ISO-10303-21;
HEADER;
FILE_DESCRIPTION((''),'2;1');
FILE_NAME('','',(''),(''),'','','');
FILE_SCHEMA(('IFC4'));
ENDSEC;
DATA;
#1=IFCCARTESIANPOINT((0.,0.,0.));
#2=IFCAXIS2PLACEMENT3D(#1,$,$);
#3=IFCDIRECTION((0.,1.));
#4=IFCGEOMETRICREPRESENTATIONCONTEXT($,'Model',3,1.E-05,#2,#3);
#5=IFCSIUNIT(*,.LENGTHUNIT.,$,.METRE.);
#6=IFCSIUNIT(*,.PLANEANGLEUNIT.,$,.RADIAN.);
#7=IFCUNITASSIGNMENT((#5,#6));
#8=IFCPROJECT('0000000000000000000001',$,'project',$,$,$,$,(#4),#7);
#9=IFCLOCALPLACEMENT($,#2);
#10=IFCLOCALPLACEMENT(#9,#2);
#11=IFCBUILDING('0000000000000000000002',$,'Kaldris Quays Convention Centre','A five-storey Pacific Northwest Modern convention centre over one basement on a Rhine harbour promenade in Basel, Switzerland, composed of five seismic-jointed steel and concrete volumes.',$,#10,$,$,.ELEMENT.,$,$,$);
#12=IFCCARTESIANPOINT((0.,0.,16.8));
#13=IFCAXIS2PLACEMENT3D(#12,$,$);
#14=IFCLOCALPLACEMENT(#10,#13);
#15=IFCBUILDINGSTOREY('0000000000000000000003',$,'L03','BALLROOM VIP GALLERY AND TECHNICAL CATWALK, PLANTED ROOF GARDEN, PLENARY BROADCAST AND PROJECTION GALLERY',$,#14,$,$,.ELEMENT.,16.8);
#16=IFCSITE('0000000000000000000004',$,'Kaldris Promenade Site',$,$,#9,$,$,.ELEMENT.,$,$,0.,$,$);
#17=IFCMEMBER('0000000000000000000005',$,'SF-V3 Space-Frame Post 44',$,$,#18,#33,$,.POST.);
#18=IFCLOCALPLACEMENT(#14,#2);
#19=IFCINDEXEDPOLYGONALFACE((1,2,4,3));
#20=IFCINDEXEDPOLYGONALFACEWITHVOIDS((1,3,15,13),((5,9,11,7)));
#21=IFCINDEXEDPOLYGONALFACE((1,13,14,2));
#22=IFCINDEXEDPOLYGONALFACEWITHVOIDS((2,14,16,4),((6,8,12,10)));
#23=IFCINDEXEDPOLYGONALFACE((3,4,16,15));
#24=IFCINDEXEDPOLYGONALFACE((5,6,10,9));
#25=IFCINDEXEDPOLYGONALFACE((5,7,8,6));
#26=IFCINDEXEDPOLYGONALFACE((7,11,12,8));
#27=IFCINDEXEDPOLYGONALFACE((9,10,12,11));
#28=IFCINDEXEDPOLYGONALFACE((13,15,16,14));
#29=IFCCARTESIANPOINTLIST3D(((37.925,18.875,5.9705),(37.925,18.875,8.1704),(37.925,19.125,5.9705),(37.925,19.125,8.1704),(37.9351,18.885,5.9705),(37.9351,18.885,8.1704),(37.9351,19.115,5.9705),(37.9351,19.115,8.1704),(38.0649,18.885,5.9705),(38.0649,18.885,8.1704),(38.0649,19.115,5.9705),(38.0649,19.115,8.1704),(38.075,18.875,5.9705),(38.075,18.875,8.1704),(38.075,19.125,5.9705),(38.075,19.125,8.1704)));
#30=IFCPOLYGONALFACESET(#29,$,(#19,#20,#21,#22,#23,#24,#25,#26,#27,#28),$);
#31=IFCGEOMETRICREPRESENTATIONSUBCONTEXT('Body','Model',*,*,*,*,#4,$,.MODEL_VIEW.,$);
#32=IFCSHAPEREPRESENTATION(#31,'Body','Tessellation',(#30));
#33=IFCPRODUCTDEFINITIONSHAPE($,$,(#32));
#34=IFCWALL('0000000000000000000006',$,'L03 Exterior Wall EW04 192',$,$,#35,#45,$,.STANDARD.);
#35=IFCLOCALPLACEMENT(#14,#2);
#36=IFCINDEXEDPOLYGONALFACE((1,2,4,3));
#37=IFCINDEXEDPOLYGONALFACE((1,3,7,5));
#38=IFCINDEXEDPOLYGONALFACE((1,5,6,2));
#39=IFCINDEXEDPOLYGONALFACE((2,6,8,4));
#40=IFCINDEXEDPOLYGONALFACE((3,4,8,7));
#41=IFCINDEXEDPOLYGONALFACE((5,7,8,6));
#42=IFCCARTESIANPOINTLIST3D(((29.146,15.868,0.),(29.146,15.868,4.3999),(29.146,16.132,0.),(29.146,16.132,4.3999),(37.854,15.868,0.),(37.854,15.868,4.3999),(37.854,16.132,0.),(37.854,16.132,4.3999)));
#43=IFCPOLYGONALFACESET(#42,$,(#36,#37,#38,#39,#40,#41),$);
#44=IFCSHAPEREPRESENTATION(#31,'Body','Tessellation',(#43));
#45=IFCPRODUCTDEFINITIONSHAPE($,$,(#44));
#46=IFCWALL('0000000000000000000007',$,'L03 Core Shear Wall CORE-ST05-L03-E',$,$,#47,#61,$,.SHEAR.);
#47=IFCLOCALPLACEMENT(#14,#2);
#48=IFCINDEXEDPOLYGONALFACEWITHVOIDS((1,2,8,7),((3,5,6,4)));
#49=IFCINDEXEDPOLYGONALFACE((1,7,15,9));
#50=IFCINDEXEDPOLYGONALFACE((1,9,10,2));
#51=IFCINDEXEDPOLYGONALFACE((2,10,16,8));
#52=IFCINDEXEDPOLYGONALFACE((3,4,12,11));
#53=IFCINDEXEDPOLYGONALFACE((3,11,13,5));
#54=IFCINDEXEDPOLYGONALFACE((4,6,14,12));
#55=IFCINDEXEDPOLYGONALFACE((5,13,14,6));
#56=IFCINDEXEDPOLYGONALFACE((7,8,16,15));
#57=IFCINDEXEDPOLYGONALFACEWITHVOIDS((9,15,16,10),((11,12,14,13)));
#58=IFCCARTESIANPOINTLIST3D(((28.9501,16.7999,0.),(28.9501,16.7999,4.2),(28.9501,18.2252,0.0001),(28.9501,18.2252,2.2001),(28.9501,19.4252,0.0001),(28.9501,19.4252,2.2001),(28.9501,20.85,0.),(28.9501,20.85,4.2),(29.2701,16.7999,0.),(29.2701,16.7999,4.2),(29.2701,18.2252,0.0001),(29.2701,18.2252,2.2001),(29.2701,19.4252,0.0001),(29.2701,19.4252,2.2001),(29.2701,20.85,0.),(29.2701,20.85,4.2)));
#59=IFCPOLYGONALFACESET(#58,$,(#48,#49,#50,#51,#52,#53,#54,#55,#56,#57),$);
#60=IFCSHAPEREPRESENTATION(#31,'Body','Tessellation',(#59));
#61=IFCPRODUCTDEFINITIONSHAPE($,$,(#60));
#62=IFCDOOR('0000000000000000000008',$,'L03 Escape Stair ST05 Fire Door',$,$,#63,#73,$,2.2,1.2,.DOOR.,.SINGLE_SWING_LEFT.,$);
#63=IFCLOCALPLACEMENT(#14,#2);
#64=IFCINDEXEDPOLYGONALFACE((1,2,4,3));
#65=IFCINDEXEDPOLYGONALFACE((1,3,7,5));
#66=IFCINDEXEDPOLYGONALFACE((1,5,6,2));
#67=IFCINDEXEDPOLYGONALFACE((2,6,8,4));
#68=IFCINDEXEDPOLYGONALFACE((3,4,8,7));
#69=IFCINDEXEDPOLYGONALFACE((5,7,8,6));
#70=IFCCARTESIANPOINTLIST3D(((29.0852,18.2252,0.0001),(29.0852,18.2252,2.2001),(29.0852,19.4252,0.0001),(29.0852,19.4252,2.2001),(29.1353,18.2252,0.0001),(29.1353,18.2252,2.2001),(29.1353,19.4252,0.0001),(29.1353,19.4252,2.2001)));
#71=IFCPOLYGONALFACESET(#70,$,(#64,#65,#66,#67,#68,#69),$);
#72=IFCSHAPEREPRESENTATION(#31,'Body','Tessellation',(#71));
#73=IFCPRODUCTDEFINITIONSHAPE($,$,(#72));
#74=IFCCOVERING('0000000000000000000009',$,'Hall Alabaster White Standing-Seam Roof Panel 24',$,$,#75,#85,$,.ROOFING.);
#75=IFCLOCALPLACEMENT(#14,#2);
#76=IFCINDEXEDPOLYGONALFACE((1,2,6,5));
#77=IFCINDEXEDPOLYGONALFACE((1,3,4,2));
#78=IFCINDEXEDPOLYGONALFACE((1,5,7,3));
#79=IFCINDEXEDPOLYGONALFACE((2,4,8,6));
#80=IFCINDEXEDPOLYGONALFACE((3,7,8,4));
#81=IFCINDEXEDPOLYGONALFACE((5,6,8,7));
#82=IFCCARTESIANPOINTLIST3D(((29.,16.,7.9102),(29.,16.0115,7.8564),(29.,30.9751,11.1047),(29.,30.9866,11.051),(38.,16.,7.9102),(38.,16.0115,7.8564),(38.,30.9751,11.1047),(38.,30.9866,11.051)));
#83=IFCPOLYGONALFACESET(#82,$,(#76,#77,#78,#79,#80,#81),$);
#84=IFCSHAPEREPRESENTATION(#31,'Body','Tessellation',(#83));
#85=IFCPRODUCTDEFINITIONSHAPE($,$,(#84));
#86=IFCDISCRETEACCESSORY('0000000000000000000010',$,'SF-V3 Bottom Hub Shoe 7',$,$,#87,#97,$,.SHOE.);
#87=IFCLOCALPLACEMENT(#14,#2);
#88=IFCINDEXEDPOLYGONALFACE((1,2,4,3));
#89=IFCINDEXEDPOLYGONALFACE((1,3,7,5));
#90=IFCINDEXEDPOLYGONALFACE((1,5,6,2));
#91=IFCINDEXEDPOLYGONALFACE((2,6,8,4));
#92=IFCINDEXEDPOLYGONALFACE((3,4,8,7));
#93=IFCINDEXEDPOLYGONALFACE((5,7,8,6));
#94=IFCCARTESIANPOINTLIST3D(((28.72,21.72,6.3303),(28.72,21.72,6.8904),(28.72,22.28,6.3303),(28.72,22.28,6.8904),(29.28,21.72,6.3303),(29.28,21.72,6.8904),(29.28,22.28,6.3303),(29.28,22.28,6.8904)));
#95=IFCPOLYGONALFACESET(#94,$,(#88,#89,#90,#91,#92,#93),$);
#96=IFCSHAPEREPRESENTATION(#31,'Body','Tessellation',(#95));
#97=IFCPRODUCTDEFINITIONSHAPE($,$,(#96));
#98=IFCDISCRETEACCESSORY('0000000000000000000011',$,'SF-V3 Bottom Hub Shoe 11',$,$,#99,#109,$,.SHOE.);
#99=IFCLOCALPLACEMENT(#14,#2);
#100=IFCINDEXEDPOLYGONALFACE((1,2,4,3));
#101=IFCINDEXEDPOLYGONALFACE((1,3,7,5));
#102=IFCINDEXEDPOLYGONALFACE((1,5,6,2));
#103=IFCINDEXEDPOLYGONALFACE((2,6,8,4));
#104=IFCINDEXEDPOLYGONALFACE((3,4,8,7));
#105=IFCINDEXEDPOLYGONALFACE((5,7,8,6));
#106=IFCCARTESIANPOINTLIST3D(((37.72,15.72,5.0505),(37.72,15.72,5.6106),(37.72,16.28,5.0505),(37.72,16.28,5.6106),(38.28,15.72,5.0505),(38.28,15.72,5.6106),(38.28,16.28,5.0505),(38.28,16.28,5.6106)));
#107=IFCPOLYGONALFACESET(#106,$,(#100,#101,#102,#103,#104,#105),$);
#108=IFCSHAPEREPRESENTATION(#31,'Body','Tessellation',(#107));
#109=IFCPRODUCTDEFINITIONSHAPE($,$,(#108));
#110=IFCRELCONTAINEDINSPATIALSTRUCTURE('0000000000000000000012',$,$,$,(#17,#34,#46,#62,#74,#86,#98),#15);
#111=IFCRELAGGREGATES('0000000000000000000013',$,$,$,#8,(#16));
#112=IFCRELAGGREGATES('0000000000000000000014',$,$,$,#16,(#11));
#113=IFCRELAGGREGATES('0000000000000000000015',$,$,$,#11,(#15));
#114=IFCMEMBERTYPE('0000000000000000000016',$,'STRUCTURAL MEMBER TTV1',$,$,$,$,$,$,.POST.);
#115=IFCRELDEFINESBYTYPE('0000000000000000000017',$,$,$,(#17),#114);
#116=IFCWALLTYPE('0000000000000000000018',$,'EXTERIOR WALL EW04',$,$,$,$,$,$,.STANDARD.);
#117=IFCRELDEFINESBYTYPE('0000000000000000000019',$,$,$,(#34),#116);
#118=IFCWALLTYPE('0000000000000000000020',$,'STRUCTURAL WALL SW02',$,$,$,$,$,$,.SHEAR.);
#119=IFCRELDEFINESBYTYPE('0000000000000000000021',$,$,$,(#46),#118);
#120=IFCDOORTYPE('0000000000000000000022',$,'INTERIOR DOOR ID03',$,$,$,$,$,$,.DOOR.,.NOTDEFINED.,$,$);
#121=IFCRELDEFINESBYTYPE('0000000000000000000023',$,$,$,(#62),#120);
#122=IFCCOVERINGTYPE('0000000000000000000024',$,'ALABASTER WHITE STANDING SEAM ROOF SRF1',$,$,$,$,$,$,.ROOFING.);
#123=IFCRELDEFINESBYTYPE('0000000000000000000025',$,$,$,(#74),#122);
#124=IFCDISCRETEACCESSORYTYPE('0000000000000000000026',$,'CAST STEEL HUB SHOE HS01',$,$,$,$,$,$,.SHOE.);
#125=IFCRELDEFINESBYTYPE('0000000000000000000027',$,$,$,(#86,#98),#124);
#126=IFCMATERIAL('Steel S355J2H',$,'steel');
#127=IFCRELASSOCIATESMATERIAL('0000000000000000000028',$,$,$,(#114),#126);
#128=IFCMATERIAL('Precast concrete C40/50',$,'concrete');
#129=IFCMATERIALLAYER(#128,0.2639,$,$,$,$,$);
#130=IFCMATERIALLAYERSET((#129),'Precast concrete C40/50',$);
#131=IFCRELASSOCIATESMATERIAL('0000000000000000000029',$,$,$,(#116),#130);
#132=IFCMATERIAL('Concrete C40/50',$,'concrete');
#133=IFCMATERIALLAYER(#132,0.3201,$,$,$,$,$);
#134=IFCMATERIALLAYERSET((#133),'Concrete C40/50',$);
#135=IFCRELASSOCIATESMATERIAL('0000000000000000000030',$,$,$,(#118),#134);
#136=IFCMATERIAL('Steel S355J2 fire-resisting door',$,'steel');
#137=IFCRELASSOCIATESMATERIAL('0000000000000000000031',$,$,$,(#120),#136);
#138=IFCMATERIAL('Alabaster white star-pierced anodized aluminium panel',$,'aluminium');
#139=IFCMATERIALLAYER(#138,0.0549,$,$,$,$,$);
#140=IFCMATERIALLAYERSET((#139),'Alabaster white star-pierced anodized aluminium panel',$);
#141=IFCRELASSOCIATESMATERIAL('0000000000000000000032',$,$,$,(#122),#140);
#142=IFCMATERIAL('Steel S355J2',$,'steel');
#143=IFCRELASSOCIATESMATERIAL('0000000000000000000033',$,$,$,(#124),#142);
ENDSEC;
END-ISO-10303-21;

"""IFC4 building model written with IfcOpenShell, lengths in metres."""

from ifc_helpers import new_model, si_unit, direction, frame, frame_2d, origin, origin_2d, place, context, subcontext, project, spatial, polyline, rectangle, hollow_rectangle, outline, extrude, material, layer, layer_set, material_profile, profile_set, type_object, element, fill, save


model = new_model("IFC4")

# Units and contexts
model_context = context("Model", 3, precision=1e-05, world=origin(), true_north=direction((0.0, 1.0)))
body_context = subcontext(model_context, "Body", "Model", "MODEL_VIEW")
ifc_project = project(units=[si_unit("LENGTHUNIT", "METRE"), si_unit("PLANEANGLEUNIT", "RADIAN")], contexts=[model_context])

# Site, building, storey
site_placement = place(None, origin())
site = spatial("IfcSite", under=ifc_project, at=site_placement, Name="Kaldris Promenade Site", CompositionType="ELEMENT", RefElevation=0.0)
building_placement = place(site_placement, origin())
building = spatial("IfcBuilding", under=site, at=building_placement, Name="Kaldris Quays Convention Centre", Description="A five-storey Pacific Northwest Modern convention centre over one basement on a Rhine harbour promenade in Basel, Switzerland, composed of five seismic-jointed steel and concrete volumes.", CompositionType="ELEMENT")
storey_placement = place(building_placement, frame((0.0, 0.0, 16.8)))
storey = spatial("IfcBuildingStorey", under=building, at=storey_placement, Name="L03", Description="BALLROOM VIP GALLERY AND TECHNICAL CATWALK, PLANTED ROOF GARDEN, PLENARY BROADCAST AND PROJECTION GALLERY", CompositionType="ELEMENT", Elevation=16.8)

# Shared definitions
ifc_material_1 = material(Name="Steel S355J2", Category="steel")

# Member
ifc_material_2 = material(Name="Steel S355J2H", Category="steel")
ifc_material_profile_1 = material_profile(ifc_material_2, hollow_rectangle(XDim=0.1499, YDim=0.25, WallThickness=0.01, at=origin_2d()), Name="RHS 250x150x10")
ifc_profile_set_1 = profile_set([ifc_material_profile_1], Name="Steel S355J2H")
member_type_1 = type_object("IfcMemberType", Name="STRUCTURAL MEMBER TTV1", PredefinedType="POST", material=ifc_profile_set_1)
member_1_placement = place(storey_placement, frame((38.0, 19.0, 5.9705), z_axis=(0.0, 0.0, 1.0), x_axis=(1.0, 0.0, 0.0)))
element("IfcMember", 1, at=member_1_placement, inside=storey, type_object=member_type_1, Name="SF-V3 Space-Frame Post 44", PredefinedType="POST", context=body_context, shape_type="SweptSolid", body=[
    extrude(hollow_rectangle(XDim=0.1499, YDim=0.25, WallThickness=0.01, at=origin_2d()), origin(), (0.0, 0.0, 1.0), 2.2),
])

# Wall
ifc_material_3 = material(Name="Precast concrete C40/50", Category="concrete")
ifc_layer_1 = layer(ifc_material_3, 0.2639)
ifc_layer_set_1 = layer_set([ifc_layer_1], Name="Precast concrete C40/50")
wall_type_1 = type_object("IfcWallType", Name="EXTERIOR WALL EW04", PredefinedType="STANDARD", material=ifc_layer_set_1)
wall_1_placement = place(storey_placement, frame((29.146, 16.0, 0.0), z_axis=(0.0, 0.0, 1.0), x_axis=(1.0, 0.0, 0.0)))
element("IfcWall", 2, at=wall_1_placement, inside=storey, type_object=wall_type_1, Name="L03 Exterior Wall EW04 192", PredefinedType="STANDARD", context=body_context, shape_type="SweptSolid", body=[
    extrude(rectangle(XDim=8.708, YDim=0.2639, at=frame_2d((4.354, 0.0))), origin(), (0.0, 0.0, 1.0), 4.3999),
])

# Wall, opening, door
ifc_material_4 = material(Name="Concrete C40/50", Category="concrete")
ifc_layer_2 = layer(ifc_material_4, 0.3201)
ifc_layer_set_2 = layer_set([ifc_layer_2], Name="Concrete C40/50")
wall_type_2 = type_object("IfcWallType", Name="STRUCTURAL WALL SW02", PredefinedType="SHEAR", material=ifc_layer_set_2)
wall_2_placement = place(storey_placement, frame((29.1101, 16.8, 0.0), z_axis=(0.0, 0.0, 1.0), x_axis=(0.0, 1.0, 0.0)))
wall_2 = element("IfcWall", 3, at=wall_2_placement, inside=storey, type_object=wall_type_2, Name="L03 Core Shear Wall CORE-ST05-L03-E", PredefinedType="SHEAR", context=body_context, shape_type="SweptSolid", body=[
    extrude(rectangle(XDim=4.05, YDim=0.3201, at=frame_2d((2.0249, 0.0))), origin(), (0.0, 0.0, 1.0), 4.2),
])
opening_placement = place(wall_2_placement, frame((1.425, 0.0, 0.0)))
opening = element("IfcOpeningElement", 4, at=opening_placement, cuts=wall_2, PredefinedType="OPENING", context=body_context, shape_type="SweptSolid", body=[
    extrude(rectangle(XDim=1.2, YDim=2.2, at=frame_2d((0.6001, 1.1001))), frame((0.0, 0.1699, 0.0), z_axis=(0.0, -1.0, 0.0), x_axis=(1.0, 0.0, 0.0)), (0.0, 0.0, 1.0), 0.3401),
])
ifc_material_5 = material(Name="Steel S355J2 fire-resisting door", Category="steel")
door_type = type_object("IfcDoorType", Name="INTERIOR DOOR ID03", OperationType="NOTDEFINED", PredefinedType="DOOR", material=ifc_material_5)
door_placement = place(opening_placement, origin())
door = element("IfcDoor", 5, at=door_placement, inside=storey, type_object=door_type, Name="L03 Escape Stair ST05 Fire Door", OperationType="SINGLE_SWING_LEFT", OverallHeight=2.2, OverallWidth=1.2, PredefinedType="DOOR", context=body_context, shape_type="SweptSolid", body=[
    extrude(rectangle(XDim=1.2, YDim=2.2, at=frame_2d((0.6001, 1.1001))), frame((0.0, 0.0249, 0.0), z_axis=(0.0, -1.0, 0.0), x_axis=(1.0, 0.0, 0.0)), (0.0, 0.0, 1.0), 0.05),
])
fill(opening, door)

# Covering
ifc_material_6 = material(Name="Alabaster white star-pierced anodized aluminium panel", Category="aluminium")
ifc_layer_3 = layer(ifc_material_6, 0.0549)
ifc_layer_set_3 = layer_set([ifc_layer_3], Name="Alabaster white star-pierced anodized aluminium panel")
covering_type = type_object("IfcCoveringType", Name="ALABASTER WHITE STANDING SEAM ROOF SRF1", PredefinedType="ROOFING", material=ifc_layer_set_3)
covering_placement = place(storey_placement, frame((29.0, 16.0, 7.9102), z_axis=(0.0, -0.208632, 0.977994), x_axis=(1.0, 0.0, 0.0)))
element("IfcCovering", 6, at=covering_placement, inside=storey, type_object=covering_type, Name="Hall Alabaster White Standing-Seam Roof Panel 24", PredefinedType="ROOFING", context=body_context, shape_type="SweptSolid", body=[
    extrude(outline(polyline([(0.0, 0.0), (9.0, 0.0), (9.0, 15.3121), (0.0, 15.3121), (0.0, 0.0)])), origin(), (0.0, 0.0, -1.0), 0.0549),
])

# Discrete accessories
discrete_accessory_type = type_object("IfcDiscreteAccessoryType", Name="CAST STEEL HUB SHOE HS01", PredefinedType="SHOE", material=ifc_material_1)
for number, where, z_axis, x_axis, name in (
    (7, (29.0, 22.0, 6.3303), (0.0, 0.0, 1.0), (1.0, 0.0, 0.0), "SF-V3 Bottom Hub Shoe 7"),
    (8, (38.0, 16.0, 5.0505), (0.0, 0.0, 1.0), (1.0, 0.0, 0.0), "SF-V3 Bottom Hub Shoe 11"),
):
    element("IfcDiscreteAccessory", number, at=place(storey_placement, frame(where, z_axis=z_axis, x_axis=x_axis)), inside=storey, type_object=discrete_accessory_type, Name=name, PredefinedType="SHOE", context=body_context, shape_type="SweptSolid", body=[
        extrude(rectangle(XDim=0.5601, YDim=0.5601, at=origin_2d()), origin(), (0.0, 0.0, 1.0), 0.5601),
    ])

save(model, "model.ifc")
